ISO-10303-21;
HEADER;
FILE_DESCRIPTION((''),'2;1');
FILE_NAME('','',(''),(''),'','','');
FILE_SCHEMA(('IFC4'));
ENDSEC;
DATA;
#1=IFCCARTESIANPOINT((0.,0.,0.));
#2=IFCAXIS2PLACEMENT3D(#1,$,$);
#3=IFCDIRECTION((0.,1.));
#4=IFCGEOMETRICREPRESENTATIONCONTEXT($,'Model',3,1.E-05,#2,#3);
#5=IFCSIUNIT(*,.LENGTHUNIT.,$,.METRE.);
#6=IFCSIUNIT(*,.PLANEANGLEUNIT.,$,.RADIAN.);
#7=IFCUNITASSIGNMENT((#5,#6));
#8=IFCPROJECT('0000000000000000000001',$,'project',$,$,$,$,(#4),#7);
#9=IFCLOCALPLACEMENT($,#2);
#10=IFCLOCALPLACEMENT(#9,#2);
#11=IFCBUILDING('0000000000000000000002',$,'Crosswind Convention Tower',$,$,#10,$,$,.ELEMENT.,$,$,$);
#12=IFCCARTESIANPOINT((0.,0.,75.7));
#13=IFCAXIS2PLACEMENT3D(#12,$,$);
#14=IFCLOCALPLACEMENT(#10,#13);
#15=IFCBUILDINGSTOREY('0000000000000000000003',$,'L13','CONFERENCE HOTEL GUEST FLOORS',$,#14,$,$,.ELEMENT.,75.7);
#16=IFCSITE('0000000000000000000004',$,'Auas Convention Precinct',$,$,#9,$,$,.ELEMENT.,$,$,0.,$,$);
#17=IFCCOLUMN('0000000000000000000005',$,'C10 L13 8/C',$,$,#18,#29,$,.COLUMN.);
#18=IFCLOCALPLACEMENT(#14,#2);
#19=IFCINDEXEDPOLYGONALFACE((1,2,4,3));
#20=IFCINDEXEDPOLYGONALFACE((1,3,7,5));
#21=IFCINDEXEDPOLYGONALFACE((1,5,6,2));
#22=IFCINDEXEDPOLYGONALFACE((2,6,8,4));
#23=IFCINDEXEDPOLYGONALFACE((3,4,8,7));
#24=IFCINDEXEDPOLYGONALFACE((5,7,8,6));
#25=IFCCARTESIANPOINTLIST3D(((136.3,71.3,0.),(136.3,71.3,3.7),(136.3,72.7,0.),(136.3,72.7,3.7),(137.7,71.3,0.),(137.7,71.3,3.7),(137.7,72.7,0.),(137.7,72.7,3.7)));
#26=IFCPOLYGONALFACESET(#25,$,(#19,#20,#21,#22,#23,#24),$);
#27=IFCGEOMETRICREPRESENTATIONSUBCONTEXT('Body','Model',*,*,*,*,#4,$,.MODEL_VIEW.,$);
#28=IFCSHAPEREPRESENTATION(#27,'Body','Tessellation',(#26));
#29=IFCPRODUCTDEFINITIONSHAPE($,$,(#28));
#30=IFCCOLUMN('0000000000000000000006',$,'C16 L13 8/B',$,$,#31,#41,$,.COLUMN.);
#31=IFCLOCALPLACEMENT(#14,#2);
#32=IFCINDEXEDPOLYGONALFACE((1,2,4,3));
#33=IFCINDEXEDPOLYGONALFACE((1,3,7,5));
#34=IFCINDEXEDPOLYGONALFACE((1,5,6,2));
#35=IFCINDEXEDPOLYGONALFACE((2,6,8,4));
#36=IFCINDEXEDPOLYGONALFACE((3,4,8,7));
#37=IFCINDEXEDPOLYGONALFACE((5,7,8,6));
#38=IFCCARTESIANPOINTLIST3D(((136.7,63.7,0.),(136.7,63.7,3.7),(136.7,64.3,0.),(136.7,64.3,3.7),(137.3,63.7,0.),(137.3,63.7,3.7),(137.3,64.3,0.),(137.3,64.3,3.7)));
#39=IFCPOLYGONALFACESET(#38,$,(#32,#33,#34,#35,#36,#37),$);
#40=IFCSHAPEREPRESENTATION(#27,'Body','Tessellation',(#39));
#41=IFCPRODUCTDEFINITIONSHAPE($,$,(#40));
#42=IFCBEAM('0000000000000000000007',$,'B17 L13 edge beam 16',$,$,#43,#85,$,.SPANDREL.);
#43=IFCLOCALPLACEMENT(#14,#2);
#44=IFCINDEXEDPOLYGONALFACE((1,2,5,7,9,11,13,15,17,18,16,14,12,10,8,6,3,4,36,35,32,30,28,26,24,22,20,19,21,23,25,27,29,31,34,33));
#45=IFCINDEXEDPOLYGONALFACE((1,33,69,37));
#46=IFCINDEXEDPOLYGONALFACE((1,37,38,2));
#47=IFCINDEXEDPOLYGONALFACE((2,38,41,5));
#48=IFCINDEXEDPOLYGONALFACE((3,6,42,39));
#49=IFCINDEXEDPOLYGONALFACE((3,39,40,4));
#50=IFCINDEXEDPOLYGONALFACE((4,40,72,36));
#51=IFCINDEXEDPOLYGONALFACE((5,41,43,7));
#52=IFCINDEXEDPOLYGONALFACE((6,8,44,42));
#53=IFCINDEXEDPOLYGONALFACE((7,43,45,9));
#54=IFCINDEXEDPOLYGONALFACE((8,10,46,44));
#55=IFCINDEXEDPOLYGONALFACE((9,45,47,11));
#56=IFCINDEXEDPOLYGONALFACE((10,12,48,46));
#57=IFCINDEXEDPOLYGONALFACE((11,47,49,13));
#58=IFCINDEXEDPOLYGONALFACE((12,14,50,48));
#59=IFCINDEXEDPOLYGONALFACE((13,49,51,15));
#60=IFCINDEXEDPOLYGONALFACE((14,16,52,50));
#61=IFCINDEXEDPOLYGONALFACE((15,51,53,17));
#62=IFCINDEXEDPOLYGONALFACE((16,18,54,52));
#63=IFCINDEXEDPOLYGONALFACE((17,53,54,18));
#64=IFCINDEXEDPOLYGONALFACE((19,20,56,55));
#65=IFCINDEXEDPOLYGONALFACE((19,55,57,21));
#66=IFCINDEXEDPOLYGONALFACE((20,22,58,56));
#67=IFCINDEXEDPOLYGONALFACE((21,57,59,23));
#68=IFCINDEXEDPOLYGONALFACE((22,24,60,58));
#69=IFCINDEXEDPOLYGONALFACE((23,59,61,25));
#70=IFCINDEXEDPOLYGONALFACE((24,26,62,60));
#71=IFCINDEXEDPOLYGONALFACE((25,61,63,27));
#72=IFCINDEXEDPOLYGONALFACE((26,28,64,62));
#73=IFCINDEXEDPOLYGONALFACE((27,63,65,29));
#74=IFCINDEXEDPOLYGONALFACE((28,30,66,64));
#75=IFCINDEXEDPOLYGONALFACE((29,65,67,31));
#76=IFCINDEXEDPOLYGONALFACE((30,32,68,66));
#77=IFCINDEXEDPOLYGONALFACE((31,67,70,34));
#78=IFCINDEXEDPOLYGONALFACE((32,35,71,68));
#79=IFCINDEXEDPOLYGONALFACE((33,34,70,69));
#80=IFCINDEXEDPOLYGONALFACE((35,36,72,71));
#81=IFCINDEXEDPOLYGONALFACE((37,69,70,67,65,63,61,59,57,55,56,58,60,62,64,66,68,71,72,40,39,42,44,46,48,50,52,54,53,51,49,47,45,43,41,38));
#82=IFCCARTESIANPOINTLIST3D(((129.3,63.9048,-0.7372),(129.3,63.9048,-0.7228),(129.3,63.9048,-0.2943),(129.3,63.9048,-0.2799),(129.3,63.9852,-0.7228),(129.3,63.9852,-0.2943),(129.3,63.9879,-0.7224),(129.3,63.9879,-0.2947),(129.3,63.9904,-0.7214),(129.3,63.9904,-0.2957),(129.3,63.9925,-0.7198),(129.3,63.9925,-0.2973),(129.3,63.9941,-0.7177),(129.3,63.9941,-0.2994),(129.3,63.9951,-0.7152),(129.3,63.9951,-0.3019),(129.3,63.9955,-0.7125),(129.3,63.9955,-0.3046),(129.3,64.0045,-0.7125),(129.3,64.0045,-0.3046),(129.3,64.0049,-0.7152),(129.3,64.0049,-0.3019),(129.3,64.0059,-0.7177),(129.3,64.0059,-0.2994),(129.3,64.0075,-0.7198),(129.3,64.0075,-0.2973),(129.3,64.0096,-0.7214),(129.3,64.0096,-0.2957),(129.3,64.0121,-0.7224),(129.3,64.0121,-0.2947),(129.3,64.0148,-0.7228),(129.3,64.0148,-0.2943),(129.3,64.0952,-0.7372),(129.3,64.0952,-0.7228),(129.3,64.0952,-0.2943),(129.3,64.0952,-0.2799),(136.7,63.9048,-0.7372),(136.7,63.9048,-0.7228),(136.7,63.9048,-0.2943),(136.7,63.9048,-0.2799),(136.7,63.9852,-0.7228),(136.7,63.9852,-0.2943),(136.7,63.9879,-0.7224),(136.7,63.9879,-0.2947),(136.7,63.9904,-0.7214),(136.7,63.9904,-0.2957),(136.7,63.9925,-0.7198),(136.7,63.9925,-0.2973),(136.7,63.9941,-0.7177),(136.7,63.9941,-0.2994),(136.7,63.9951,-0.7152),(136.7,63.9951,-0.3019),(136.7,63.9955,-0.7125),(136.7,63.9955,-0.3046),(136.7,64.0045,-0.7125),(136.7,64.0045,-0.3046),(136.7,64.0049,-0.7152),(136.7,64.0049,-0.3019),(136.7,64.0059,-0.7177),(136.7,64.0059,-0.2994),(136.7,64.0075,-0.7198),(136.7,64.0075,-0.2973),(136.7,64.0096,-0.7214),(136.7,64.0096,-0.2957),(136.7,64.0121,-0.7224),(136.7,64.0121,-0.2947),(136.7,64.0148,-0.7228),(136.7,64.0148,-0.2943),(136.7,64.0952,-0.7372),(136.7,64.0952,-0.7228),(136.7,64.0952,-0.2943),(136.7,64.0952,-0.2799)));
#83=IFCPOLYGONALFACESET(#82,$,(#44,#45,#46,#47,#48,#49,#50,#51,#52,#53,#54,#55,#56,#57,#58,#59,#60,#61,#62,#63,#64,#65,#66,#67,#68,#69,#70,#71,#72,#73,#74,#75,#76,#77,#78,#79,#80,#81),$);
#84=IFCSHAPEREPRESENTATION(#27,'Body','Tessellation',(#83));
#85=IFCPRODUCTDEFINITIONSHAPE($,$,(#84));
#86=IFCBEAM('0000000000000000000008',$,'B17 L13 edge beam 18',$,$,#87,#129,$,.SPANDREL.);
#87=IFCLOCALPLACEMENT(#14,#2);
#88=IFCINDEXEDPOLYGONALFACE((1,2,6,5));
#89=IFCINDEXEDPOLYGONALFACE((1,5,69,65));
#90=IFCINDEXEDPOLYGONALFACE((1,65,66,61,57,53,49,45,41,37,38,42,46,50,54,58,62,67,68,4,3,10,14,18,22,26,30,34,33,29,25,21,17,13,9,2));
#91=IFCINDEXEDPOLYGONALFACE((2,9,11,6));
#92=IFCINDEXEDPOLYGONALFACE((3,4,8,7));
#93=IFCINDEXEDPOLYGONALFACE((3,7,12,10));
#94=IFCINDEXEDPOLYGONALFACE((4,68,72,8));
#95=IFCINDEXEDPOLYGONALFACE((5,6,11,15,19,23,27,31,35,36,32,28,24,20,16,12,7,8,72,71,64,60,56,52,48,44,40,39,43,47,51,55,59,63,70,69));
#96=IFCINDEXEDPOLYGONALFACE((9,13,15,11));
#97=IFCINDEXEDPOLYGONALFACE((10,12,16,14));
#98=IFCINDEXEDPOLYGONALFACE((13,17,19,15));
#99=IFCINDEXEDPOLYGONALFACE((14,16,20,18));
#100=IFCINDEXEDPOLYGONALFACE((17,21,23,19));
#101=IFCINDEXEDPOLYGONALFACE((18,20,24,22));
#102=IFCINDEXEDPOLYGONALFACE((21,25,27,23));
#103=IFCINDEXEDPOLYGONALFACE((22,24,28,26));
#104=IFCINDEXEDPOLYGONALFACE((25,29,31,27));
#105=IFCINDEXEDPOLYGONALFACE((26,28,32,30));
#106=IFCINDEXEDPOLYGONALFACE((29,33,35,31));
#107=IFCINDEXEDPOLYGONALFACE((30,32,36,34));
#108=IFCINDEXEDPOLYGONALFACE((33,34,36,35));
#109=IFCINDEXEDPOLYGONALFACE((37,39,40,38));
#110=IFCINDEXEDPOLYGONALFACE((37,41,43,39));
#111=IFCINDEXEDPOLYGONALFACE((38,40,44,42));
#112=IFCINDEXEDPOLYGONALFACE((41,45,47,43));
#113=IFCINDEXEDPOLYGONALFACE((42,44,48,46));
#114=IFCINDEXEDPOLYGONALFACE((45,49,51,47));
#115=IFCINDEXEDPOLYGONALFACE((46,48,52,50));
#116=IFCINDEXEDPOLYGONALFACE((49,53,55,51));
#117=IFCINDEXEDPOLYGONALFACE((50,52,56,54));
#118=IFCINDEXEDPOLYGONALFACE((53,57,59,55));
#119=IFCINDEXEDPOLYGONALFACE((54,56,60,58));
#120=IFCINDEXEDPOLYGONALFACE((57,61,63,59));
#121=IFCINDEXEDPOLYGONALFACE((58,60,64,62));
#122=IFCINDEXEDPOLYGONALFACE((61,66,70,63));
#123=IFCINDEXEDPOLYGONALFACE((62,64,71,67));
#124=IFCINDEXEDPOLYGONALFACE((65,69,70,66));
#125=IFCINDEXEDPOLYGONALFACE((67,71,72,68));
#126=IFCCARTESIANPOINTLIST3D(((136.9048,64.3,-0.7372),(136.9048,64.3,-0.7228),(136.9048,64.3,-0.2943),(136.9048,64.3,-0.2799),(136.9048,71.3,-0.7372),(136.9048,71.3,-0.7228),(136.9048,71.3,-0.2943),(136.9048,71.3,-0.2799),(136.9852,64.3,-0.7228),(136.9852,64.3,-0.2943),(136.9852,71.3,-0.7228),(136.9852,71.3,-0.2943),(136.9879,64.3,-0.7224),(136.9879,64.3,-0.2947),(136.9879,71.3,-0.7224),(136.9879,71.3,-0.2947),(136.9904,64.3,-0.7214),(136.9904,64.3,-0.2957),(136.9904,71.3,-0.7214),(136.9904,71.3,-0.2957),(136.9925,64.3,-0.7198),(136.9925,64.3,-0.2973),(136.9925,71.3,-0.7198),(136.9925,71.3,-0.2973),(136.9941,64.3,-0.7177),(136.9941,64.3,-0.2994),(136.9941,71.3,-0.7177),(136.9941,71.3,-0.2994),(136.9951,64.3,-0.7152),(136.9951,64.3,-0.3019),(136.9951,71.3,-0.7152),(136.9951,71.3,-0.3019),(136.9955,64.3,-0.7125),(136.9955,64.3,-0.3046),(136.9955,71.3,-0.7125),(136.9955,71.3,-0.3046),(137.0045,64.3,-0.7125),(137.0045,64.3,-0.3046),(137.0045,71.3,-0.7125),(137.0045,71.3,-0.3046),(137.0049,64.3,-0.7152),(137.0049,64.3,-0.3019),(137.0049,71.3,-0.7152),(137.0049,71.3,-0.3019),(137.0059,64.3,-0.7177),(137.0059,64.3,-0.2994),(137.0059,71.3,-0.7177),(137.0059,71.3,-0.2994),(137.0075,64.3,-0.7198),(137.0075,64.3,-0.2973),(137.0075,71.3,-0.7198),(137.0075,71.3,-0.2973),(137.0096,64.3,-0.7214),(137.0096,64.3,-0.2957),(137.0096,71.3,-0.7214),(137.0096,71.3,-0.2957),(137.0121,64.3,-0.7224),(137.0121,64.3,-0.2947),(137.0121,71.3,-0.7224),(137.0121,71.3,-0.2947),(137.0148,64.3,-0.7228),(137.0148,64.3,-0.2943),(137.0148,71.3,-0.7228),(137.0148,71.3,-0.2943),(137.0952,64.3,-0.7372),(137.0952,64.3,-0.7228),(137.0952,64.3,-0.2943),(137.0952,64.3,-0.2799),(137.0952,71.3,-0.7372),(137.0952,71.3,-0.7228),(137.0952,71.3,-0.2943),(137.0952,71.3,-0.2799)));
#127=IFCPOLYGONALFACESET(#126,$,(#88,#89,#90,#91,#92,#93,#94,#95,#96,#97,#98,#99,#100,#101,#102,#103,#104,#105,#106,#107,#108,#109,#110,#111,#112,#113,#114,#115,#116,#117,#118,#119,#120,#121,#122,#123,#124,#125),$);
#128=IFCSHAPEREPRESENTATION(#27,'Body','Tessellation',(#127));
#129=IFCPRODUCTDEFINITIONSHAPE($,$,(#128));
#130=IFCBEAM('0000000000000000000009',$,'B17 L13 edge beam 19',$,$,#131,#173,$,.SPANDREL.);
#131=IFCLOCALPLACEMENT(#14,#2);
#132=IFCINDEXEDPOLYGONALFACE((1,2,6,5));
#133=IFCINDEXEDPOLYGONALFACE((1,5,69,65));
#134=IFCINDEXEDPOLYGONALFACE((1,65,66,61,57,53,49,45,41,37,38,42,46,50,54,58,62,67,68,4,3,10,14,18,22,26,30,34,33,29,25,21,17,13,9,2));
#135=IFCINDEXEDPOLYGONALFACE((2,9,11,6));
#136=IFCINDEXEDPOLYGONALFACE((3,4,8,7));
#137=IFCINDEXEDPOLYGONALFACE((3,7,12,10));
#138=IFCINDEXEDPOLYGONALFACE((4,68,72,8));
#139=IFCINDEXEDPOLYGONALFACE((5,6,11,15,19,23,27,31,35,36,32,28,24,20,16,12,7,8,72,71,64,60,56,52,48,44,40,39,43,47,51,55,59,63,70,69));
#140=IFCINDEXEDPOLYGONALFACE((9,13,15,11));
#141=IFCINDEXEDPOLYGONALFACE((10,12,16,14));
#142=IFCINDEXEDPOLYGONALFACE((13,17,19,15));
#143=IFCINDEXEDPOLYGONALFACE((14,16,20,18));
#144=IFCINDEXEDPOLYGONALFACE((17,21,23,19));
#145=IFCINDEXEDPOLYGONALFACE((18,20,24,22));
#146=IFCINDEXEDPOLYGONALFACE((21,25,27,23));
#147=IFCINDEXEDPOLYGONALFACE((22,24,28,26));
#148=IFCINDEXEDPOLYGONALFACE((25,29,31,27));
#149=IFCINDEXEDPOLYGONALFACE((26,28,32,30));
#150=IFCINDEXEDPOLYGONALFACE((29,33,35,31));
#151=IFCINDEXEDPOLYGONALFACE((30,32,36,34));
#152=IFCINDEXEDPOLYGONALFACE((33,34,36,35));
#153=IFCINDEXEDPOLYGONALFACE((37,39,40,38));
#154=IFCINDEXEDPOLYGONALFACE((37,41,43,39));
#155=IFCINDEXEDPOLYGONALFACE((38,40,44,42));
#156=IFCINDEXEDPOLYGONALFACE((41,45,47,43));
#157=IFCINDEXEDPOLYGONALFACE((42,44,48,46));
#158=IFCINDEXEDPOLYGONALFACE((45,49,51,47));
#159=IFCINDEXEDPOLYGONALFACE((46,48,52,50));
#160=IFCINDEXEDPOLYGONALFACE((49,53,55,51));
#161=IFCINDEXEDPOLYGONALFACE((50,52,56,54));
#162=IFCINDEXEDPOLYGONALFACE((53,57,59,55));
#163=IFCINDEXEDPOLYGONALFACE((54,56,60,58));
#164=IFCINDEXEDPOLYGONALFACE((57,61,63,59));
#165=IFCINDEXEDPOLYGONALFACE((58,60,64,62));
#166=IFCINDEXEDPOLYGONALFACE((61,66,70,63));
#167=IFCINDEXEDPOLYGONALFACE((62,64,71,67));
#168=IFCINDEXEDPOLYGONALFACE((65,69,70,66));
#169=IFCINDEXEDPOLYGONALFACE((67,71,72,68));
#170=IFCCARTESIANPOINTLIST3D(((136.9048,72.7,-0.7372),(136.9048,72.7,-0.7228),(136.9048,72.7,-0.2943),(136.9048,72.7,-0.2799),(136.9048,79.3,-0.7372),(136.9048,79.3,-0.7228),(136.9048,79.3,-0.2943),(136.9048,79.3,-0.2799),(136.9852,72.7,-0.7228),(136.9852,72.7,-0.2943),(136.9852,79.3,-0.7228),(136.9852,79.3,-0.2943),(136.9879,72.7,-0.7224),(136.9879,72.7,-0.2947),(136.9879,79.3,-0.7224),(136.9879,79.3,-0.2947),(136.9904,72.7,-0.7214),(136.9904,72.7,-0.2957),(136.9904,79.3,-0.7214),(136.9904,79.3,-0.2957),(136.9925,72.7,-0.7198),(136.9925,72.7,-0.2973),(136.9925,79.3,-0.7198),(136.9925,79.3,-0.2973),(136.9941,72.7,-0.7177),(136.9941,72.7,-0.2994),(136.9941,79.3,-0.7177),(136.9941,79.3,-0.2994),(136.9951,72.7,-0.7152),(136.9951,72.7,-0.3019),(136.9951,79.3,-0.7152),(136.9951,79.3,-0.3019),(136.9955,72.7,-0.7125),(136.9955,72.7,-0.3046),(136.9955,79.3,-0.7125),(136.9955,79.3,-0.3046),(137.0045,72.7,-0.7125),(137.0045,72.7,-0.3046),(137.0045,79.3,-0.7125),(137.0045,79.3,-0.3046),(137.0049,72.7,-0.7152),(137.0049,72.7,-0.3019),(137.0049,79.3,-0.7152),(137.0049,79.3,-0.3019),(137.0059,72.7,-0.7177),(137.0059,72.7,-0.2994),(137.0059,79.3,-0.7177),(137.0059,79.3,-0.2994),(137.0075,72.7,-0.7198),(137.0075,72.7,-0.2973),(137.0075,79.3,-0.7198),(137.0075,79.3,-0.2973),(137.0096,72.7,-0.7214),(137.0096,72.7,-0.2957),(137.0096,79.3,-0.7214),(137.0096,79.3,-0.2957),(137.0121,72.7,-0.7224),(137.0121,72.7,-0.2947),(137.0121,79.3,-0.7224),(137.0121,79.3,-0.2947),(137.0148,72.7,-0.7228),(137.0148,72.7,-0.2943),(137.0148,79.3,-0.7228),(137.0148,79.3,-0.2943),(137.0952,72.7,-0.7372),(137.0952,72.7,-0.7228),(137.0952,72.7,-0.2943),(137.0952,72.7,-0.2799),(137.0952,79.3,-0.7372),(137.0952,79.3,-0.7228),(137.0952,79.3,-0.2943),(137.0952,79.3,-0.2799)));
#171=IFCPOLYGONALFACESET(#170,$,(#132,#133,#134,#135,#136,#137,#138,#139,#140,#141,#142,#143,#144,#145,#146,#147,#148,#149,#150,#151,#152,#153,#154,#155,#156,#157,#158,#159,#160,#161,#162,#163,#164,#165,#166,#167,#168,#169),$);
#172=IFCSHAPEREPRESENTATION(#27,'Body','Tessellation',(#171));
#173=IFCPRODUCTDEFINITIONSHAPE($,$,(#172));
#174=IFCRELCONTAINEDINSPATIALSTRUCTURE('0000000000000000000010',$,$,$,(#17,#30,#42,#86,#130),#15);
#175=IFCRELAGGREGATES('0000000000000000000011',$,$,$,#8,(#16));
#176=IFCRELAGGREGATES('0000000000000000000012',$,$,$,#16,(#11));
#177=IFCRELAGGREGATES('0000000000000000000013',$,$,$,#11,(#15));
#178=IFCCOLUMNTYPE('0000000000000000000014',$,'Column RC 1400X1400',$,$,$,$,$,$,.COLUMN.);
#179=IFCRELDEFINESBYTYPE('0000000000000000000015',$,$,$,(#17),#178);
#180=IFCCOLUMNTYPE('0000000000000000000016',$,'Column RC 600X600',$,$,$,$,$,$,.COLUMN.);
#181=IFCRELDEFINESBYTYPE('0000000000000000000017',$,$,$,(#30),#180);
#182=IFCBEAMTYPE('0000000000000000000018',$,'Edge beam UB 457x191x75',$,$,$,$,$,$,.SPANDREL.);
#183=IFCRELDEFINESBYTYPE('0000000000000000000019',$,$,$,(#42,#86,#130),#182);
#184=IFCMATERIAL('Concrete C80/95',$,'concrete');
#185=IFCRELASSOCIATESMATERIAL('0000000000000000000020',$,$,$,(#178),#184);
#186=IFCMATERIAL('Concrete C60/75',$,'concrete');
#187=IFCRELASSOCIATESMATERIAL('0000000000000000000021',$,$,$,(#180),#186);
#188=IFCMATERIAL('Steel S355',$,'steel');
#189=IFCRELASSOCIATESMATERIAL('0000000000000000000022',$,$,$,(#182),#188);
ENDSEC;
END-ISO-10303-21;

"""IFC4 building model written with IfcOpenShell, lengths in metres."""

from ifc_helpers import new_model, si_unit, direction, frame, origin, origin_2d, place, context, subcontext, project, spatial, rectangle, i_section, extrude, material, material_profile, profile_set, type_object, element, save


model = new_model("IFC4")

# Units and contexts
model_context = context("Model", 3, precision=1e-05, world=origin(), true_north=direction((0.0, 1.0)))
body_context = subcontext(model_context, "Body", "Model", "MODEL_VIEW")
ifc_project = project(units=[si_unit("LENGTHUNIT", "METRE"), si_unit("PLANEANGLEUNIT", "RADIAN")], contexts=[model_context])

# Site, building, storey
site_placement = place(None, origin())
site = spatial("IfcSite", under=ifc_project, at=site_placement, Name="Auas Convention Precinct", CompositionType="ELEMENT", RefElevation=0.0)
building_placement = place(site_placement, origin())
building = spatial("IfcBuilding", under=site, at=building_placement, Name="Crosswind Convention Tower", CompositionType="ELEMENT")
storey_placement = place(building_placement, frame((0.0, 0.0, 75.7)))
storey = spatial("IfcBuildingStorey", under=building, at=storey_placement, Name="L13", Description="CONFERENCE HOTEL GUEST FLOORS", CompositionType="ELEMENT", Elevation=75.7)

# Columns
ifc_material_1 = material(Name="Concrete C80/95", Category="concrete")
ifc_material_profile_1 = material_profile(ifc_material_1, rectangle(XDim=1.3999, YDim=1.3999, at=origin_2d()), Name="RC 1400X1400")
ifc_profile_set_1 = profile_set([ifc_material_profile_1], Name="Concrete C80/95")
column_type_1 = type_object("IfcColumnType", Name="Column RC 1400X1400", PredefinedType="COLUMN", material=ifc_profile_set_1)
column_1_placement = place(storey_placement, frame((137.0, 72.0, 0.0), z_axis=(0.0, 0.0, 1.0), x_axis=(1.0, 0.0, 0.0)))
element("IfcColumn", 1, at=column_1_placement, inside=storey, type_object=column_type_1, Name="C10 L13 8/C", PredefinedType="COLUMN", context=body_context, shape_type="SweptSolid", body=[
    extrude(rectangle(XDim=1.3999, YDim=1.3999, at=origin_2d()), origin(), (0.0, 0.0, 1.0), 3.7),
])
ifc_material_2 = material(Name="Concrete C60/75", Category="concrete")
ifc_material_profile_2 = material_profile(ifc_material_2, rectangle(XDim=0.6001, YDim=0.6001, at=origin_2d()), Name="RC 600X600")
ifc_profile_set_2 = profile_set([ifc_material_profile_2], Name="Concrete C60/75")
column_type_2 = type_object("IfcColumnType", Name="Column RC 600X600", PredefinedType="COLUMN", material=ifc_profile_set_2)
column_2_placement = place(storey_placement, frame((137.0, 64.0, 0.0), z_axis=(0.0, 0.0, 1.0), x_axis=(1.0, 0.0, 0.0)))
element("IfcColumn", 2, at=column_2_placement, inside=storey, type_object=column_type_2, Name="C16 L13 8/B", PredefinedType="COLUMN", context=body_context, shape_type="SweptSolid", body=[
    extrude(rectangle(XDim=0.6001, YDim=0.6001, at=origin_2d()), origin(), (0.0, 0.0, 1.0), 3.7),
])

# Beams
ifc_material_3 = material(Name="Steel S355", Category="steel")
ifc_material_profile_3 = material_profile(ifc_material_3, i_section(OverallWidth=0.1904, OverallDepth=0.4573, WebThickness=0.009, FlangeThickness=0.0144, FilletRadius=0.0103, at=origin_2d()), Name="UB 457x191x75")
ifc_profile_set_3 = profile_set([ifc_material_profile_3], Name="Steel S355")
beam_type_1 = type_object("IfcBeamType", Name="Edge beam UB 457x191x75", PredefinedType="SPANDREL", material=ifc_profile_set_3)
beam_1_placement = place(storey_placement, frame((129.3, 64.0, -0.5085), z_axis=(1.0, 0.0, 0.0), x_axis=(0.0, 1.0, 0.0)))
element("IfcBeam", 3, at=beam_1_placement, inside=storey, type_object=beam_type_1, Name="B17 L13 edge beam 16", PredefinedType="SPANDREL", context=body_context, shape_type="SweptSolid", body=[
    extrude(i_section(OverallWidth=0.1904, OverallDepth=0.4573, WebThickness=0.009, FlangeThickness=0.0144, FilletRadius=0.0103, at=origin_2d()), origin(), (0.0, 0.0, 1.0), 7.3999),
])
beam_2_placement = place(storey_placement, frame((137.0, 64.3, -0.5085), z_axis=(0.0, 1.0, 0.0), x_axis=(-1.0, 0.0, 0.0)))
element("IfcBeam", 4, at=beam_2_placement, inside=storey, type_object=beam_type_1, Name="B17 L13 edge beam 18", PredefinedType="SPANDREL", context=body_context, shape_type="SweptSolid", body=[
    extrude(i_section(OverallWidth=0.1904, OverallDepth=0.4573, WebThickness=0.009, FlangeThickness=0.0144, FilletRadius=0.0103, at=origin_2d()), origin(), (0.0, 0.0, 1.0), 7.0),
])
beam_3_placement = place(storey_placement, frame((137.0, 72.7, -0.5085), z_axis=(0.0, 1.0, 0.0), x_axis=(-1.0, 0.0, 0.0)))
element("IfcBeam", 5, at=beam_3_placement, inside=storey, type_object=beam_type_1, Name="B17 L13 edge beam 19", PredefinedType="SPANDREL", context=body_context, shape_type="SweptSolid", body=[
    extrude(i_section(OverallWidth=0.1904, OverallDepth=0.4573, WebThickness=0.009, FlangeThickness=0.0144, FilletRadius=0.0103, at=origin_2d()), origin(), (0.0, 0.0, 1.0), 6.6001),
])

save(model, "model.ifc")
